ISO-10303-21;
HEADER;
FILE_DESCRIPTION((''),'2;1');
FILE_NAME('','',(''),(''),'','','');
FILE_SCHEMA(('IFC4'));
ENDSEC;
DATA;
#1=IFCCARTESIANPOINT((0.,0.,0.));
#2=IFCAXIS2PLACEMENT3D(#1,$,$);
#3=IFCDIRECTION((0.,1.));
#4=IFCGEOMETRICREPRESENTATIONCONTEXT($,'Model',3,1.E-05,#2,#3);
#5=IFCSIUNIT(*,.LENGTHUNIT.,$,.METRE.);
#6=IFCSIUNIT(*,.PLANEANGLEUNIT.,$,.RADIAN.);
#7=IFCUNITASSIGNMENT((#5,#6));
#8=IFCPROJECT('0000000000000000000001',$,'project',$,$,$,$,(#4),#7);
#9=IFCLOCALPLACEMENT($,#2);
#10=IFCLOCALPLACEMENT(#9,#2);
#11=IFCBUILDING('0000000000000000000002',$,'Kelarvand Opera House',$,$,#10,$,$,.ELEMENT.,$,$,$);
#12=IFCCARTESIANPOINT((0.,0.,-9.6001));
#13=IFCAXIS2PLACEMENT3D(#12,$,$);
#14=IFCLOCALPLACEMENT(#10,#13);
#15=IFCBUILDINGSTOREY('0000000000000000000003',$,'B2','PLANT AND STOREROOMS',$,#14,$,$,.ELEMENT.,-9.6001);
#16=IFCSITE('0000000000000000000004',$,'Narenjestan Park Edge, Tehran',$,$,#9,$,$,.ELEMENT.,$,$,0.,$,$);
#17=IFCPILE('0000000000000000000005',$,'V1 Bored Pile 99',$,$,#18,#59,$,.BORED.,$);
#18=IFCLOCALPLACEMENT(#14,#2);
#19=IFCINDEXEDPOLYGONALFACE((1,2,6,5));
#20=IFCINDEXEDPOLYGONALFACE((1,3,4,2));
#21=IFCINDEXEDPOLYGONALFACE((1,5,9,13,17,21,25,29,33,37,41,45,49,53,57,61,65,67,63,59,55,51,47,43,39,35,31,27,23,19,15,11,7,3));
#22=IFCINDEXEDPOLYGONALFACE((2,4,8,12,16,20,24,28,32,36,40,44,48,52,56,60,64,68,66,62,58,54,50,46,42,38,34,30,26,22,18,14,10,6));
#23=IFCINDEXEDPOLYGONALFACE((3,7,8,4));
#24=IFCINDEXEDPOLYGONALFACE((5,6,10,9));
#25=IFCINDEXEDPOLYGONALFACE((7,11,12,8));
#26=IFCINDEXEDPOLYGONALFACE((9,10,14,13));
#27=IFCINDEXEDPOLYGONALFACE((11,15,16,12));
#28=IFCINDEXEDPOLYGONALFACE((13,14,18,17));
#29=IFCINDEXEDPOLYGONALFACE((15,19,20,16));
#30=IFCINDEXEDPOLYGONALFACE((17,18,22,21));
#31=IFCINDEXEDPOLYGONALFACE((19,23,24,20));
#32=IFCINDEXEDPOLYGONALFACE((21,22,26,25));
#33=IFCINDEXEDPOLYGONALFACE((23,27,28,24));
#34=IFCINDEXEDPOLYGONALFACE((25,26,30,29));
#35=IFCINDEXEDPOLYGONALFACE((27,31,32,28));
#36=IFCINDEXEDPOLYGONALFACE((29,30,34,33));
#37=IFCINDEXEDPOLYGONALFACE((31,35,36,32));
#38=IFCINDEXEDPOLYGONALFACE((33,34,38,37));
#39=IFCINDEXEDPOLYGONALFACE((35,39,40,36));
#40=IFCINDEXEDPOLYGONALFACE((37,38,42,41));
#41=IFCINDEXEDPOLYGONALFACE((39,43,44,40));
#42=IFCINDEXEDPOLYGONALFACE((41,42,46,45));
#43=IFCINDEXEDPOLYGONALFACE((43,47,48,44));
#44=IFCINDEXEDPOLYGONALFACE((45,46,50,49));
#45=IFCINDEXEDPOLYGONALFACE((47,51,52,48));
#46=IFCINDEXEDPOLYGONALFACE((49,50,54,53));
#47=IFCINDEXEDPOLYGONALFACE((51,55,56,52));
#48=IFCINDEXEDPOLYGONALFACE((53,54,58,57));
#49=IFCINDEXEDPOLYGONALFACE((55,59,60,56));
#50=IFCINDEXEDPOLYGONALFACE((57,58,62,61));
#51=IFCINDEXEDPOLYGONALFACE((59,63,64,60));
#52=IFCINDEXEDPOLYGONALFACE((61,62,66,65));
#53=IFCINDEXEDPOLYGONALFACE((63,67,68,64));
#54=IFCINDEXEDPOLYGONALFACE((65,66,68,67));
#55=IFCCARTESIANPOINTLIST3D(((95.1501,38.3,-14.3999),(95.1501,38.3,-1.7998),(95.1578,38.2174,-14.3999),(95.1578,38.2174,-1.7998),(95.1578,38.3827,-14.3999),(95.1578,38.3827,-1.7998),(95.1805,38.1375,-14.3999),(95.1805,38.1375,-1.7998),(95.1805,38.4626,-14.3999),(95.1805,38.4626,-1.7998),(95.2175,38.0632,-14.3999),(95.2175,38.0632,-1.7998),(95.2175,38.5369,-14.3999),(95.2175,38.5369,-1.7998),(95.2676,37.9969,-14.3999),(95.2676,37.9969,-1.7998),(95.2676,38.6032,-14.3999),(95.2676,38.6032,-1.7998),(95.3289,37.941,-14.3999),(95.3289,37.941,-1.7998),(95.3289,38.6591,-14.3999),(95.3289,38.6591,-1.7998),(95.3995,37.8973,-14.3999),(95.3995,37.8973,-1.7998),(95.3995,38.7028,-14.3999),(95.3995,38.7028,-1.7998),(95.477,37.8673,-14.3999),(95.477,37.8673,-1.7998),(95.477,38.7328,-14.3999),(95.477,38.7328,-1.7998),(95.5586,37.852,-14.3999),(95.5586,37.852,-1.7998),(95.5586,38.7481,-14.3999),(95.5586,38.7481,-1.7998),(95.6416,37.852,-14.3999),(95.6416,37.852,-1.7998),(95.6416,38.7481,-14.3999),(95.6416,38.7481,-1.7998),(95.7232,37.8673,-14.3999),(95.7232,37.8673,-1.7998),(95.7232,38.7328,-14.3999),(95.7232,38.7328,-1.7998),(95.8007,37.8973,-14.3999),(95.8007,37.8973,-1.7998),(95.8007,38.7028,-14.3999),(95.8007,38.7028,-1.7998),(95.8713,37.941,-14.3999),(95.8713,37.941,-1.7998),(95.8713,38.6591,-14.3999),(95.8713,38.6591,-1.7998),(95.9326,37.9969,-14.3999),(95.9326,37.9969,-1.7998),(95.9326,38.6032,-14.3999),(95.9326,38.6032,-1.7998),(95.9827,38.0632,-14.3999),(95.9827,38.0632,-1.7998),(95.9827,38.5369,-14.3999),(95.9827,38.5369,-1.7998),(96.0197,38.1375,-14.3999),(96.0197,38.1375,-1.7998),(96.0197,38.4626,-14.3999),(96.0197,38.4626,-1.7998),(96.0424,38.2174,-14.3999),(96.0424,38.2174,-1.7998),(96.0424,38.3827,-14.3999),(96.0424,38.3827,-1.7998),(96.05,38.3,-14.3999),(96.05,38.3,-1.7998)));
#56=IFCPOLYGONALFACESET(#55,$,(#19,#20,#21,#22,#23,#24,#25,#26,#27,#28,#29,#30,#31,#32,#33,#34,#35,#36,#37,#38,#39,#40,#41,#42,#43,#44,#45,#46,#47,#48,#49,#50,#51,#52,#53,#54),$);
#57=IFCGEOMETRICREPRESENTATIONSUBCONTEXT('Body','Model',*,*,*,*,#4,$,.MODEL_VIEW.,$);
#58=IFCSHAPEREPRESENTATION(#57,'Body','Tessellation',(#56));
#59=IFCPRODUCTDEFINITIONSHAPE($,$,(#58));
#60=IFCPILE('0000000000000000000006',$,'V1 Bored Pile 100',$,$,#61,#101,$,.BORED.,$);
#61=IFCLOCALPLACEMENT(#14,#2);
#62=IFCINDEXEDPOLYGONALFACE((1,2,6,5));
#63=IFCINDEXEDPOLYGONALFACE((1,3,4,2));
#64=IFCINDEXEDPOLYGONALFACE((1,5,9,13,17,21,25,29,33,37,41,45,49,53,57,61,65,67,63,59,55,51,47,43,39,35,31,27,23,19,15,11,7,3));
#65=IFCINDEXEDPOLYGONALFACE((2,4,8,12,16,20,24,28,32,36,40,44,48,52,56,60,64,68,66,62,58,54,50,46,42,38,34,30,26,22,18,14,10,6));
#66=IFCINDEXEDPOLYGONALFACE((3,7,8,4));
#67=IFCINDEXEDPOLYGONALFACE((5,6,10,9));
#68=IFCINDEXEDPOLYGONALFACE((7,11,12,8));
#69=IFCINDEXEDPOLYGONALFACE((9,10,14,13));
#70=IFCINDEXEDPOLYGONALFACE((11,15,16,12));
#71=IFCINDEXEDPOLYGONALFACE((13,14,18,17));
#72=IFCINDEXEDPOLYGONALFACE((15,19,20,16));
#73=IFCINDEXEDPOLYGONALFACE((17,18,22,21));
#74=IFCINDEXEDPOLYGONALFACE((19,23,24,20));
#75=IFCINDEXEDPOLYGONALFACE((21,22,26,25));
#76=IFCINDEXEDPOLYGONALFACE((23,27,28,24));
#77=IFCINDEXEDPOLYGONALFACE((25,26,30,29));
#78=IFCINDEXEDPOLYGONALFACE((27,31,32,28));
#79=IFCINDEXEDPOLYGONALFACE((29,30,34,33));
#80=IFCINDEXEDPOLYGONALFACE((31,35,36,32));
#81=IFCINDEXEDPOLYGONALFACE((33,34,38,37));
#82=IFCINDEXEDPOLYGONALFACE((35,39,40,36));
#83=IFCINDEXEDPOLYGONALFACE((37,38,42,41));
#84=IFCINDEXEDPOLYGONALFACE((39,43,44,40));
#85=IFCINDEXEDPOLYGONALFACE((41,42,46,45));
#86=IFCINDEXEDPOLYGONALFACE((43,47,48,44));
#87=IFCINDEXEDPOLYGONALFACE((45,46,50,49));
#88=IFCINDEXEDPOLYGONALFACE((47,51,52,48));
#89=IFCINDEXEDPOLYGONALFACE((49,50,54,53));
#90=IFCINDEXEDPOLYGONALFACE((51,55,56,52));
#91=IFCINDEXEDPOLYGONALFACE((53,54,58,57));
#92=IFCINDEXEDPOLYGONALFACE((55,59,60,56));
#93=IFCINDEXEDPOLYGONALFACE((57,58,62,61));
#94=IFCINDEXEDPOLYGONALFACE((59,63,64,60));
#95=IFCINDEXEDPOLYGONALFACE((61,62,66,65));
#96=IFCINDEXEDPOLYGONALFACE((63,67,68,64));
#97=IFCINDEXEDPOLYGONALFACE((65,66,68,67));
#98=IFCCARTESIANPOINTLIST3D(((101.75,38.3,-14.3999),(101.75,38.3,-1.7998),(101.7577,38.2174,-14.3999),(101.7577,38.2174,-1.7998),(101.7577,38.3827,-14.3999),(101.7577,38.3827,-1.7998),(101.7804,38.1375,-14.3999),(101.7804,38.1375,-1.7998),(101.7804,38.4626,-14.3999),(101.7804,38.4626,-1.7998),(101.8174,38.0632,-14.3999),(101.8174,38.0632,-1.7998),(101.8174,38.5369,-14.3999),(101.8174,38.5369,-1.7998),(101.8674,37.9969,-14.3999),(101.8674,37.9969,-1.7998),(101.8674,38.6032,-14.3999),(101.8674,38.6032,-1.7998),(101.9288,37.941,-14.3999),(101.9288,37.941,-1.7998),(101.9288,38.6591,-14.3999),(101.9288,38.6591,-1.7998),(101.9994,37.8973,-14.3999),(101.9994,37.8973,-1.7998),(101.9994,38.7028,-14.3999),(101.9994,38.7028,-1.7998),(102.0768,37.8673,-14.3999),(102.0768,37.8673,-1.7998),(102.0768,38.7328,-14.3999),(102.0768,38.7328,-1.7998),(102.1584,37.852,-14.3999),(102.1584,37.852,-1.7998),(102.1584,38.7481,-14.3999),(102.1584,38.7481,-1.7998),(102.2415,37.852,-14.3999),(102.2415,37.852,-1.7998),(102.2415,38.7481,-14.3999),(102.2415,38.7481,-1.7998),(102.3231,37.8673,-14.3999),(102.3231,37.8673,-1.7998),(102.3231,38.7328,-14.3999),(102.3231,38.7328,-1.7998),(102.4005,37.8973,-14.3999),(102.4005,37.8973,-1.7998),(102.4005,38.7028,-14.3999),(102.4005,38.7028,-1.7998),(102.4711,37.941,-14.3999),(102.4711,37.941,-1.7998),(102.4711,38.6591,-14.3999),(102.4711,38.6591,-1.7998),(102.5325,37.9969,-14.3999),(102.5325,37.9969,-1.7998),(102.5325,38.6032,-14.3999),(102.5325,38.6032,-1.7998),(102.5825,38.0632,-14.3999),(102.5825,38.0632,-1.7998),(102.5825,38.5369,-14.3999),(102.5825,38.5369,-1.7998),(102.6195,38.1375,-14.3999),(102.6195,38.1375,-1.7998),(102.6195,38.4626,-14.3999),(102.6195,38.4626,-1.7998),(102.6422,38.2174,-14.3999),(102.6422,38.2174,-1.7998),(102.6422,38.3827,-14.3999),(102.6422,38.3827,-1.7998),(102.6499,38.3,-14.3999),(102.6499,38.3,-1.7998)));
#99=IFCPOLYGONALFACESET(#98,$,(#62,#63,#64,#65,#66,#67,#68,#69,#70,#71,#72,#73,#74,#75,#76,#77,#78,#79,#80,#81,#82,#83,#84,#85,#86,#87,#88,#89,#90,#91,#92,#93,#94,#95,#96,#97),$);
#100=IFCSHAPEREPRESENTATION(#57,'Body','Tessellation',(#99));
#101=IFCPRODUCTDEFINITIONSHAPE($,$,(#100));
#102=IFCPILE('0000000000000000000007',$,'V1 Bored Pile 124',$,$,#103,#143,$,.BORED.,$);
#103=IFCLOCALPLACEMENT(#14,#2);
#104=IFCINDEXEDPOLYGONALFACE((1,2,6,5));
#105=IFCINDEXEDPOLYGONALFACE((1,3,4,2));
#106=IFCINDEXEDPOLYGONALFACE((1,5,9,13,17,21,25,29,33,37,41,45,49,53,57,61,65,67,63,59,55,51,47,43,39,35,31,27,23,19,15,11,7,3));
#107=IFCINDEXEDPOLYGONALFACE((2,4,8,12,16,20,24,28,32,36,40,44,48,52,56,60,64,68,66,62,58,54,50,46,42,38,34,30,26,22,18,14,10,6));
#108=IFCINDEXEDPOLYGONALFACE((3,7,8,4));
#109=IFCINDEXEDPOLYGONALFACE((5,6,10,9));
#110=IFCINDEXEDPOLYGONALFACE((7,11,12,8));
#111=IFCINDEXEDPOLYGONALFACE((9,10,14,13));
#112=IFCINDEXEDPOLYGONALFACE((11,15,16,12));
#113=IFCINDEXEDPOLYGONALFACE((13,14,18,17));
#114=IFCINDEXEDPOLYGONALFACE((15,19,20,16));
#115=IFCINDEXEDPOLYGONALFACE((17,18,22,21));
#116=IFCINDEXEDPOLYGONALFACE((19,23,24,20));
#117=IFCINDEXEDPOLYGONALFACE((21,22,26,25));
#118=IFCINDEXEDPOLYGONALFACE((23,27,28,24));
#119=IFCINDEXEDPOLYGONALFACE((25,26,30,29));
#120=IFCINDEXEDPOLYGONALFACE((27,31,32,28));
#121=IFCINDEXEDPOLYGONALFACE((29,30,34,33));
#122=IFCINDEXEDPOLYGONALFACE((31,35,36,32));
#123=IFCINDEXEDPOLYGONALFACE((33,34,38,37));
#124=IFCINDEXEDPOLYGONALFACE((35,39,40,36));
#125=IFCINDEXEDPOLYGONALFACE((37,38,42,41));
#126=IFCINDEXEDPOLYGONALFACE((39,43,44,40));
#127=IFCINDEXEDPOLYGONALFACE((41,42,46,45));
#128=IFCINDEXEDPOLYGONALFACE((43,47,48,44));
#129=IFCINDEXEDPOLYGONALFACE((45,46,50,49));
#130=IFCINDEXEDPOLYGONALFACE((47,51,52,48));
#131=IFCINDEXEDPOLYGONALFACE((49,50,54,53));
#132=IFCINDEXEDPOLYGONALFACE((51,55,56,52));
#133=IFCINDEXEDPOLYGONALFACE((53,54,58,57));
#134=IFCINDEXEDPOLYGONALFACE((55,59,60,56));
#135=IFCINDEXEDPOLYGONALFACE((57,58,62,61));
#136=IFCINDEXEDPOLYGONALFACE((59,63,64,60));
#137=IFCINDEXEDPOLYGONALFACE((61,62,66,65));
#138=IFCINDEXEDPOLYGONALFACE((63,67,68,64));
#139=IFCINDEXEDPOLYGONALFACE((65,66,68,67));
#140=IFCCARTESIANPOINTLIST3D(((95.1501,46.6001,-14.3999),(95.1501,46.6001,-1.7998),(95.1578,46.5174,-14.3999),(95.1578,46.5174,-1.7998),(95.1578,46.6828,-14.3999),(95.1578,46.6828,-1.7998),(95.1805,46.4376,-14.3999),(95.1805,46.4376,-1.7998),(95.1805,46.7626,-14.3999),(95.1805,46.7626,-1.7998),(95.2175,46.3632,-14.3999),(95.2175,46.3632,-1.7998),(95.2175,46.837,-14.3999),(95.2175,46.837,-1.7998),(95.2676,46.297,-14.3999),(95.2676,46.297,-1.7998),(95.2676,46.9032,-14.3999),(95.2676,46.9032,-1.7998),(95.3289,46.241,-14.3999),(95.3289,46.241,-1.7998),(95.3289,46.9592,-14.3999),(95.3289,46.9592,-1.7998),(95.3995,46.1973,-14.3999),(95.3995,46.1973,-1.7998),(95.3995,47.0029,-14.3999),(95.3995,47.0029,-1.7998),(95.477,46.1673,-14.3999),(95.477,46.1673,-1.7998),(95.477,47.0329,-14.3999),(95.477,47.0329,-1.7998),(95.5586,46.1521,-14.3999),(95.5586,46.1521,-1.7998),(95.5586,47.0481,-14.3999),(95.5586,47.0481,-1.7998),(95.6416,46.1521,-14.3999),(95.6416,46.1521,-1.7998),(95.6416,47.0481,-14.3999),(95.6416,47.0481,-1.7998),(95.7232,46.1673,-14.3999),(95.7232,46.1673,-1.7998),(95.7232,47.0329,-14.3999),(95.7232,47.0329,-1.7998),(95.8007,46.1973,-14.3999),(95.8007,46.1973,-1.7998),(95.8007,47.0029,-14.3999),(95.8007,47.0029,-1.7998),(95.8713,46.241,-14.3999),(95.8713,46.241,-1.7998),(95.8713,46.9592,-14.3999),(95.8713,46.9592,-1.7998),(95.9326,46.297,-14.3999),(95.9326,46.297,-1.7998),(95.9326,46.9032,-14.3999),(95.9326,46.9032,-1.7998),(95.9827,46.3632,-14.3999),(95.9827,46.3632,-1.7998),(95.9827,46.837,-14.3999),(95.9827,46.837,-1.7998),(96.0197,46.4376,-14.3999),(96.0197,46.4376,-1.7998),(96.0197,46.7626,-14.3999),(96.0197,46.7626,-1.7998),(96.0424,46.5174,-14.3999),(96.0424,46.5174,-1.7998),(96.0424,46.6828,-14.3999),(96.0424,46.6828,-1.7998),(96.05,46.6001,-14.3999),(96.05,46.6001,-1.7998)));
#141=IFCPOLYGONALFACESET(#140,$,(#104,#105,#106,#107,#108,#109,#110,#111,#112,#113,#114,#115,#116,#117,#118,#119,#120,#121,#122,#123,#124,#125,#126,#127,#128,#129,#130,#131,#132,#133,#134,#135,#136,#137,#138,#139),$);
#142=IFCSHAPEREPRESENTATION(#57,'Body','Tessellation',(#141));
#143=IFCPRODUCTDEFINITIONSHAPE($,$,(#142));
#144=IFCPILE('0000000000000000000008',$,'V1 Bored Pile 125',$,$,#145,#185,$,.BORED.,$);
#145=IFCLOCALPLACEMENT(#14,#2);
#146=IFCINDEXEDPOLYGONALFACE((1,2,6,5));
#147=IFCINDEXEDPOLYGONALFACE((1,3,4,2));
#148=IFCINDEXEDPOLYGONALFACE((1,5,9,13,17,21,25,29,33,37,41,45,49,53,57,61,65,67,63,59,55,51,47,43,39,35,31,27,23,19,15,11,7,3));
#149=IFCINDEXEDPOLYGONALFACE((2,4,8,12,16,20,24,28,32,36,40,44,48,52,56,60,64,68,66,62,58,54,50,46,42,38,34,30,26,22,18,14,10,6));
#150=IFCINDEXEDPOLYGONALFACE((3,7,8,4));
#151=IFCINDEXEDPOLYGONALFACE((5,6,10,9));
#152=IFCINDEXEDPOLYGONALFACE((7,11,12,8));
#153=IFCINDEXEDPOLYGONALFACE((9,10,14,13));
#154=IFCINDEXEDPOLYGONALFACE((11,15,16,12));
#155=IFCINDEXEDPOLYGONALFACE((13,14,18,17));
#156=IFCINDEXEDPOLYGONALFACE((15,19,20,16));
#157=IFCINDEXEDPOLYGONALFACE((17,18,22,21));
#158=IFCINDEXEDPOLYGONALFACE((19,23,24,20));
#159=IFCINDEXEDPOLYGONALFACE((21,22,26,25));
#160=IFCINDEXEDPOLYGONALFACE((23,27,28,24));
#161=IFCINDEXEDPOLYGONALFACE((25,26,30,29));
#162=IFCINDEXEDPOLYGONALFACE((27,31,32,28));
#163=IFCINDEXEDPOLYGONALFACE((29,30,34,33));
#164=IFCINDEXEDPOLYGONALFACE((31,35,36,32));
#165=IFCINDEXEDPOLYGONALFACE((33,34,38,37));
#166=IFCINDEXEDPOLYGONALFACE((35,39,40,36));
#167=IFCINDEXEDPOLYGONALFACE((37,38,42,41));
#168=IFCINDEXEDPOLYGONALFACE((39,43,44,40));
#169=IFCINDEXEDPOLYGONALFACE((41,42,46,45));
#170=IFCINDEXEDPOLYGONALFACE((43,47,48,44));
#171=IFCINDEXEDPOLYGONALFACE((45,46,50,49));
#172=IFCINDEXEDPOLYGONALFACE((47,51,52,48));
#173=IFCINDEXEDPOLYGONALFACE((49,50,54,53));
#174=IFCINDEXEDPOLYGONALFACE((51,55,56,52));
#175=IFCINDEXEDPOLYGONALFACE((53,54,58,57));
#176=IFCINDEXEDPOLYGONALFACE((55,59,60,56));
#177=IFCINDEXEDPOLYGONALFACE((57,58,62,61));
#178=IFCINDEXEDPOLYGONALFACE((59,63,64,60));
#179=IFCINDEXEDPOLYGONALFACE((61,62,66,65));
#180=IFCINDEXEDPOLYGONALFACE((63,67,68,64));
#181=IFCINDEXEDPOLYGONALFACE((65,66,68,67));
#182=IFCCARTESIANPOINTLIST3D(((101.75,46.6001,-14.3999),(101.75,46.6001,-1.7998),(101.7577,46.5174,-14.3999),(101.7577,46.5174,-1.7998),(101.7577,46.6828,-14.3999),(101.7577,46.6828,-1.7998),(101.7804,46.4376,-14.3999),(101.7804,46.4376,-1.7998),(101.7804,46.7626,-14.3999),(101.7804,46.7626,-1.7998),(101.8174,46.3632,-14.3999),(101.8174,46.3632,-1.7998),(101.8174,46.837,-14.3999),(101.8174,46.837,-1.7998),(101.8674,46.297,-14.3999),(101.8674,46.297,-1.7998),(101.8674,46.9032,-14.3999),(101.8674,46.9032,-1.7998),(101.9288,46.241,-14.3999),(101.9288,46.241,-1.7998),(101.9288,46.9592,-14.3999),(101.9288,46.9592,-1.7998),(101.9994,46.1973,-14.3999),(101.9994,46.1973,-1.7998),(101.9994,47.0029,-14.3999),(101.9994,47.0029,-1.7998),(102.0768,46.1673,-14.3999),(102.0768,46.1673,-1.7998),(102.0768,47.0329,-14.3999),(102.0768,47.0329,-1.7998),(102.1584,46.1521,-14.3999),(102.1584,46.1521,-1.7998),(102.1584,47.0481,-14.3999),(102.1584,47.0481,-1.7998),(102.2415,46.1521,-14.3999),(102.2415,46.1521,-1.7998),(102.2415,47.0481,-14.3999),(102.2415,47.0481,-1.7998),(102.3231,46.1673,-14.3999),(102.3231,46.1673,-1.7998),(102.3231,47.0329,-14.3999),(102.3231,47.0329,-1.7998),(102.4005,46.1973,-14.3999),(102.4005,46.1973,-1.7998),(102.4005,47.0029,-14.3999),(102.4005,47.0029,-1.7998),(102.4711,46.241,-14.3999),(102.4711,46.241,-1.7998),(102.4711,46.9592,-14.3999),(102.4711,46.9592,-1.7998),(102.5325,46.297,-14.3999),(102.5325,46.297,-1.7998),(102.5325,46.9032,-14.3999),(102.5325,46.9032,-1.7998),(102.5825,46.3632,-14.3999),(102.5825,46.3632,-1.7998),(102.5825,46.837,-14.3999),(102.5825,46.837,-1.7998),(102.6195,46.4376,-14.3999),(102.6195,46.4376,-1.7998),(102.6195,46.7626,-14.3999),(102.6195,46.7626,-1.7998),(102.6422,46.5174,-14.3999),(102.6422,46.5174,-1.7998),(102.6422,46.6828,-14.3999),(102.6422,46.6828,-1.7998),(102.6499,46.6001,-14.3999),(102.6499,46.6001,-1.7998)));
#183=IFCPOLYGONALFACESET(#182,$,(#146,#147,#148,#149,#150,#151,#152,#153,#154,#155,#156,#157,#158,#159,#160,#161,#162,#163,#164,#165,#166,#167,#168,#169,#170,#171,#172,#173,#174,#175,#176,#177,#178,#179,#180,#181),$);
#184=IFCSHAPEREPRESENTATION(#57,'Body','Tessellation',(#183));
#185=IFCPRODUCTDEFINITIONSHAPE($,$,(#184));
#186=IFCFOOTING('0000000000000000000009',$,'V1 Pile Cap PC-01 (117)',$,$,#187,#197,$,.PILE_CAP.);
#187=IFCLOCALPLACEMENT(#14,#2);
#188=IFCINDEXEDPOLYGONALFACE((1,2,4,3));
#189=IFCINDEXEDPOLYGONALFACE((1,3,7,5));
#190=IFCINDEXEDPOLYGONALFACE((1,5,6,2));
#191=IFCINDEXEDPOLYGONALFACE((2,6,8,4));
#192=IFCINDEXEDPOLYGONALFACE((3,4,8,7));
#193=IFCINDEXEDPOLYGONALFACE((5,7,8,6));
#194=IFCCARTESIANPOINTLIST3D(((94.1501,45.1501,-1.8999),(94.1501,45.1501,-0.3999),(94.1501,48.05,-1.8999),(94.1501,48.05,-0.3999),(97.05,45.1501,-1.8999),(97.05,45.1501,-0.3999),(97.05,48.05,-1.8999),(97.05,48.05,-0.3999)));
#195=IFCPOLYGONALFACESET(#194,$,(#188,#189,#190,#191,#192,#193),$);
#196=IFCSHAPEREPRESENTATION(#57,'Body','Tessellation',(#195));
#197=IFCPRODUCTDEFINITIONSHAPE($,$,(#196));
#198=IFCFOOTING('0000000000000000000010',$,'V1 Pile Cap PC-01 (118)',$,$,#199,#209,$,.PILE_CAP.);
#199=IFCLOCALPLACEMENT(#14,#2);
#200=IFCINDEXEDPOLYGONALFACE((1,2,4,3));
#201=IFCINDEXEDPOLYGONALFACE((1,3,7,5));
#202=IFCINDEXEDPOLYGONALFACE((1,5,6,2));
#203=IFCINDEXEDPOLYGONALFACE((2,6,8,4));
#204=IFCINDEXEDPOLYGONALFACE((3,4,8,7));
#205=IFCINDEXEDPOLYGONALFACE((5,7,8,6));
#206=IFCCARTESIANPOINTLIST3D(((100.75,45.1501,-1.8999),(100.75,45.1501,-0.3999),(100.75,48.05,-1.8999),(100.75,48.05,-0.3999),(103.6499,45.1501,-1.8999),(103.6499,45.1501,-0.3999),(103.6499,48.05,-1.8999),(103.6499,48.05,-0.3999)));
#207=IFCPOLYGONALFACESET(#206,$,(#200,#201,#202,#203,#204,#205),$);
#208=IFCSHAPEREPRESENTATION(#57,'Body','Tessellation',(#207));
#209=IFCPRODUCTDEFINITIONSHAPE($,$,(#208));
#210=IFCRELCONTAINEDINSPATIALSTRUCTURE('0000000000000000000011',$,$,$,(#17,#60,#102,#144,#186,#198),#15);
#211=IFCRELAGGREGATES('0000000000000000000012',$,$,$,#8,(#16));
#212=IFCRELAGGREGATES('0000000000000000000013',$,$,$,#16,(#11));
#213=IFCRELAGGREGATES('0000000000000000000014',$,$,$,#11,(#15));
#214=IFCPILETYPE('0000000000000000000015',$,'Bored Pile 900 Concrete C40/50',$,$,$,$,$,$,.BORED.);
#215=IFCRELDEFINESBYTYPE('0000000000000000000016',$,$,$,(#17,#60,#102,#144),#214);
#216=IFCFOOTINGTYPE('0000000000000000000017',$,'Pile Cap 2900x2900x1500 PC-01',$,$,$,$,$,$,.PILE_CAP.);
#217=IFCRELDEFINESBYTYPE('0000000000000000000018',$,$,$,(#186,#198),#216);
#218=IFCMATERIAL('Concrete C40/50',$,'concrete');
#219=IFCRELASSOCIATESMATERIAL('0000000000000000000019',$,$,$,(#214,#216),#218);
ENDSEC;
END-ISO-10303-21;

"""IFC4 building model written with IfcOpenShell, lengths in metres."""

from ifc_helpers import new_model, si_unit, direction, frame, origin, origin_2d, place, context, subcontext, project, spatial, rectangle, circle, extrude, material, material_profile, profile_set, type_object, element, save


model = new_model("IFC4")

# Units and contexts
model_context = context("Model", 3, precision=1e-05, world=origin(), true_north=direction((0.0, 1.0)))
body_context = subcontext(model_context, "Body", "Model", "MODEL_VIEW")
ifc_project = project(units=[si_unit("LENGTHUNIT", "METRE"), si_unit("PLANEANGLEUNIT", "RADIAN")], contexts=[model_context])

# Site, building, storey
site_placement = place(None, origin())
site = spatial("IfcSite", under=ifc_project, at=site_placement, Name="Narenjestan Park Edge, Tehran", CompositionType="ELEMENT", RefElevation=0.0)
building_placement = place(site_placement, origin())
building = spatial("IfcBuilding", under=site, at=building_placement, Name="Kelarvand Opera House", CompositionType="ELEMENT")
storey_placement = place(building_placement, frame((0.0, 0.0, -9.6001)))
storey = spatial("IfcBuildingStorey", under=building, at=storey_placement, Name="B2", Description="PLANT AND STOREROOMS", CompositionType="ELEMENT", Elevation=-9.6001)

# Piles
ifc_material_1 = material(Name="Concrete C40/50", Category="concrete")
ifc_material_profile_1 = material_profile(ifc_material_1, circle(Radius=0.45, at=origin_2d()), Name="BP 900", Category="concrete")
ifc_profile_set_1 = profile_set([ifc_material_profile_1], Name="Concrete C40/50")
pile_type = type_object("IfcPileType", Name="Bored Pile 900 Concrete C40/50", PredefinedType="BORED", material=ifc_profile_set_1)
for number, where, z_axis, x_axis, name in (
    (1, (95.6001, 38.3, -1.7998), (0.0, 0.0, -1.0), (1.0, 0.0, 0.0), "V1 Bored Pile 99"),
    (2, (102.2, 38.3, -1.7998), (0.0, 0.0, -1.0), (1.0, 0.0, 0.0), "V1 Bored Pile 100"),
    (3, (95.6001, 46.6001, -1.7998), (0.0, 0.0, -1.0), (1.0, 0.0, 0.0), "V1 Bored Pile 124"),
    (4, (102.2, 46.6001, -1.7998), (0.0, 0.0, -1.0), (1.0, 0.0, 0.0), "V1 Bored Pile 125"),
):
    element("IfcPile", number, at=place(storey_placement, frame(where, z_axis=z_axis, x_axis=x_axis)), inside=storey, type_object=pile_type, Name=name, PredefinedType="BORED", context=body_context, shape_type="SweptSolid", body=[
        extrude(circle(Radius=0.45, at=origin_2d()), origin(), (0.0, 0.0, 1.0), 12.6001),
    ])

# Footings
footing_type_1 = type_object("IfcFootingType", Name="Pile Cap 2900x2900x1500 PC-01", PredefinedType="PILE_CAP", material=ifc_material_1)
for number, where, z_axis, x_axis, name in (
    (5, (95.6001, 46.6001, -1.8999), (0.0, 0.0, 1.0), (1.0, 0.0, 0.0), "V1 Pile Cap PC-01 (117)"),
    (6, (102.2, 46.6001, -1.8999), (0.0, 0.0, 1.0), (1.0, 0.0, 0.0), "V1 Pile Cap PC-01 (118)"),
):
    element("IfcFooting", number, at=place(storey_placement, frame(where, z_axis=z_axis, x_axis=x_axis)), inside=storey, type_object=footing_type_1, Name=name, PredefinedType="PILE_CAP", context=body_context, shape_type="SweptSolid", body=[
        extrude(rectangle(XDim=2.8999, YDim=2.8999, at=origin_2d()), origin(), (0.0, 0.0, 1.0), 1.5),
    ])

save(model, "model.ifc")
